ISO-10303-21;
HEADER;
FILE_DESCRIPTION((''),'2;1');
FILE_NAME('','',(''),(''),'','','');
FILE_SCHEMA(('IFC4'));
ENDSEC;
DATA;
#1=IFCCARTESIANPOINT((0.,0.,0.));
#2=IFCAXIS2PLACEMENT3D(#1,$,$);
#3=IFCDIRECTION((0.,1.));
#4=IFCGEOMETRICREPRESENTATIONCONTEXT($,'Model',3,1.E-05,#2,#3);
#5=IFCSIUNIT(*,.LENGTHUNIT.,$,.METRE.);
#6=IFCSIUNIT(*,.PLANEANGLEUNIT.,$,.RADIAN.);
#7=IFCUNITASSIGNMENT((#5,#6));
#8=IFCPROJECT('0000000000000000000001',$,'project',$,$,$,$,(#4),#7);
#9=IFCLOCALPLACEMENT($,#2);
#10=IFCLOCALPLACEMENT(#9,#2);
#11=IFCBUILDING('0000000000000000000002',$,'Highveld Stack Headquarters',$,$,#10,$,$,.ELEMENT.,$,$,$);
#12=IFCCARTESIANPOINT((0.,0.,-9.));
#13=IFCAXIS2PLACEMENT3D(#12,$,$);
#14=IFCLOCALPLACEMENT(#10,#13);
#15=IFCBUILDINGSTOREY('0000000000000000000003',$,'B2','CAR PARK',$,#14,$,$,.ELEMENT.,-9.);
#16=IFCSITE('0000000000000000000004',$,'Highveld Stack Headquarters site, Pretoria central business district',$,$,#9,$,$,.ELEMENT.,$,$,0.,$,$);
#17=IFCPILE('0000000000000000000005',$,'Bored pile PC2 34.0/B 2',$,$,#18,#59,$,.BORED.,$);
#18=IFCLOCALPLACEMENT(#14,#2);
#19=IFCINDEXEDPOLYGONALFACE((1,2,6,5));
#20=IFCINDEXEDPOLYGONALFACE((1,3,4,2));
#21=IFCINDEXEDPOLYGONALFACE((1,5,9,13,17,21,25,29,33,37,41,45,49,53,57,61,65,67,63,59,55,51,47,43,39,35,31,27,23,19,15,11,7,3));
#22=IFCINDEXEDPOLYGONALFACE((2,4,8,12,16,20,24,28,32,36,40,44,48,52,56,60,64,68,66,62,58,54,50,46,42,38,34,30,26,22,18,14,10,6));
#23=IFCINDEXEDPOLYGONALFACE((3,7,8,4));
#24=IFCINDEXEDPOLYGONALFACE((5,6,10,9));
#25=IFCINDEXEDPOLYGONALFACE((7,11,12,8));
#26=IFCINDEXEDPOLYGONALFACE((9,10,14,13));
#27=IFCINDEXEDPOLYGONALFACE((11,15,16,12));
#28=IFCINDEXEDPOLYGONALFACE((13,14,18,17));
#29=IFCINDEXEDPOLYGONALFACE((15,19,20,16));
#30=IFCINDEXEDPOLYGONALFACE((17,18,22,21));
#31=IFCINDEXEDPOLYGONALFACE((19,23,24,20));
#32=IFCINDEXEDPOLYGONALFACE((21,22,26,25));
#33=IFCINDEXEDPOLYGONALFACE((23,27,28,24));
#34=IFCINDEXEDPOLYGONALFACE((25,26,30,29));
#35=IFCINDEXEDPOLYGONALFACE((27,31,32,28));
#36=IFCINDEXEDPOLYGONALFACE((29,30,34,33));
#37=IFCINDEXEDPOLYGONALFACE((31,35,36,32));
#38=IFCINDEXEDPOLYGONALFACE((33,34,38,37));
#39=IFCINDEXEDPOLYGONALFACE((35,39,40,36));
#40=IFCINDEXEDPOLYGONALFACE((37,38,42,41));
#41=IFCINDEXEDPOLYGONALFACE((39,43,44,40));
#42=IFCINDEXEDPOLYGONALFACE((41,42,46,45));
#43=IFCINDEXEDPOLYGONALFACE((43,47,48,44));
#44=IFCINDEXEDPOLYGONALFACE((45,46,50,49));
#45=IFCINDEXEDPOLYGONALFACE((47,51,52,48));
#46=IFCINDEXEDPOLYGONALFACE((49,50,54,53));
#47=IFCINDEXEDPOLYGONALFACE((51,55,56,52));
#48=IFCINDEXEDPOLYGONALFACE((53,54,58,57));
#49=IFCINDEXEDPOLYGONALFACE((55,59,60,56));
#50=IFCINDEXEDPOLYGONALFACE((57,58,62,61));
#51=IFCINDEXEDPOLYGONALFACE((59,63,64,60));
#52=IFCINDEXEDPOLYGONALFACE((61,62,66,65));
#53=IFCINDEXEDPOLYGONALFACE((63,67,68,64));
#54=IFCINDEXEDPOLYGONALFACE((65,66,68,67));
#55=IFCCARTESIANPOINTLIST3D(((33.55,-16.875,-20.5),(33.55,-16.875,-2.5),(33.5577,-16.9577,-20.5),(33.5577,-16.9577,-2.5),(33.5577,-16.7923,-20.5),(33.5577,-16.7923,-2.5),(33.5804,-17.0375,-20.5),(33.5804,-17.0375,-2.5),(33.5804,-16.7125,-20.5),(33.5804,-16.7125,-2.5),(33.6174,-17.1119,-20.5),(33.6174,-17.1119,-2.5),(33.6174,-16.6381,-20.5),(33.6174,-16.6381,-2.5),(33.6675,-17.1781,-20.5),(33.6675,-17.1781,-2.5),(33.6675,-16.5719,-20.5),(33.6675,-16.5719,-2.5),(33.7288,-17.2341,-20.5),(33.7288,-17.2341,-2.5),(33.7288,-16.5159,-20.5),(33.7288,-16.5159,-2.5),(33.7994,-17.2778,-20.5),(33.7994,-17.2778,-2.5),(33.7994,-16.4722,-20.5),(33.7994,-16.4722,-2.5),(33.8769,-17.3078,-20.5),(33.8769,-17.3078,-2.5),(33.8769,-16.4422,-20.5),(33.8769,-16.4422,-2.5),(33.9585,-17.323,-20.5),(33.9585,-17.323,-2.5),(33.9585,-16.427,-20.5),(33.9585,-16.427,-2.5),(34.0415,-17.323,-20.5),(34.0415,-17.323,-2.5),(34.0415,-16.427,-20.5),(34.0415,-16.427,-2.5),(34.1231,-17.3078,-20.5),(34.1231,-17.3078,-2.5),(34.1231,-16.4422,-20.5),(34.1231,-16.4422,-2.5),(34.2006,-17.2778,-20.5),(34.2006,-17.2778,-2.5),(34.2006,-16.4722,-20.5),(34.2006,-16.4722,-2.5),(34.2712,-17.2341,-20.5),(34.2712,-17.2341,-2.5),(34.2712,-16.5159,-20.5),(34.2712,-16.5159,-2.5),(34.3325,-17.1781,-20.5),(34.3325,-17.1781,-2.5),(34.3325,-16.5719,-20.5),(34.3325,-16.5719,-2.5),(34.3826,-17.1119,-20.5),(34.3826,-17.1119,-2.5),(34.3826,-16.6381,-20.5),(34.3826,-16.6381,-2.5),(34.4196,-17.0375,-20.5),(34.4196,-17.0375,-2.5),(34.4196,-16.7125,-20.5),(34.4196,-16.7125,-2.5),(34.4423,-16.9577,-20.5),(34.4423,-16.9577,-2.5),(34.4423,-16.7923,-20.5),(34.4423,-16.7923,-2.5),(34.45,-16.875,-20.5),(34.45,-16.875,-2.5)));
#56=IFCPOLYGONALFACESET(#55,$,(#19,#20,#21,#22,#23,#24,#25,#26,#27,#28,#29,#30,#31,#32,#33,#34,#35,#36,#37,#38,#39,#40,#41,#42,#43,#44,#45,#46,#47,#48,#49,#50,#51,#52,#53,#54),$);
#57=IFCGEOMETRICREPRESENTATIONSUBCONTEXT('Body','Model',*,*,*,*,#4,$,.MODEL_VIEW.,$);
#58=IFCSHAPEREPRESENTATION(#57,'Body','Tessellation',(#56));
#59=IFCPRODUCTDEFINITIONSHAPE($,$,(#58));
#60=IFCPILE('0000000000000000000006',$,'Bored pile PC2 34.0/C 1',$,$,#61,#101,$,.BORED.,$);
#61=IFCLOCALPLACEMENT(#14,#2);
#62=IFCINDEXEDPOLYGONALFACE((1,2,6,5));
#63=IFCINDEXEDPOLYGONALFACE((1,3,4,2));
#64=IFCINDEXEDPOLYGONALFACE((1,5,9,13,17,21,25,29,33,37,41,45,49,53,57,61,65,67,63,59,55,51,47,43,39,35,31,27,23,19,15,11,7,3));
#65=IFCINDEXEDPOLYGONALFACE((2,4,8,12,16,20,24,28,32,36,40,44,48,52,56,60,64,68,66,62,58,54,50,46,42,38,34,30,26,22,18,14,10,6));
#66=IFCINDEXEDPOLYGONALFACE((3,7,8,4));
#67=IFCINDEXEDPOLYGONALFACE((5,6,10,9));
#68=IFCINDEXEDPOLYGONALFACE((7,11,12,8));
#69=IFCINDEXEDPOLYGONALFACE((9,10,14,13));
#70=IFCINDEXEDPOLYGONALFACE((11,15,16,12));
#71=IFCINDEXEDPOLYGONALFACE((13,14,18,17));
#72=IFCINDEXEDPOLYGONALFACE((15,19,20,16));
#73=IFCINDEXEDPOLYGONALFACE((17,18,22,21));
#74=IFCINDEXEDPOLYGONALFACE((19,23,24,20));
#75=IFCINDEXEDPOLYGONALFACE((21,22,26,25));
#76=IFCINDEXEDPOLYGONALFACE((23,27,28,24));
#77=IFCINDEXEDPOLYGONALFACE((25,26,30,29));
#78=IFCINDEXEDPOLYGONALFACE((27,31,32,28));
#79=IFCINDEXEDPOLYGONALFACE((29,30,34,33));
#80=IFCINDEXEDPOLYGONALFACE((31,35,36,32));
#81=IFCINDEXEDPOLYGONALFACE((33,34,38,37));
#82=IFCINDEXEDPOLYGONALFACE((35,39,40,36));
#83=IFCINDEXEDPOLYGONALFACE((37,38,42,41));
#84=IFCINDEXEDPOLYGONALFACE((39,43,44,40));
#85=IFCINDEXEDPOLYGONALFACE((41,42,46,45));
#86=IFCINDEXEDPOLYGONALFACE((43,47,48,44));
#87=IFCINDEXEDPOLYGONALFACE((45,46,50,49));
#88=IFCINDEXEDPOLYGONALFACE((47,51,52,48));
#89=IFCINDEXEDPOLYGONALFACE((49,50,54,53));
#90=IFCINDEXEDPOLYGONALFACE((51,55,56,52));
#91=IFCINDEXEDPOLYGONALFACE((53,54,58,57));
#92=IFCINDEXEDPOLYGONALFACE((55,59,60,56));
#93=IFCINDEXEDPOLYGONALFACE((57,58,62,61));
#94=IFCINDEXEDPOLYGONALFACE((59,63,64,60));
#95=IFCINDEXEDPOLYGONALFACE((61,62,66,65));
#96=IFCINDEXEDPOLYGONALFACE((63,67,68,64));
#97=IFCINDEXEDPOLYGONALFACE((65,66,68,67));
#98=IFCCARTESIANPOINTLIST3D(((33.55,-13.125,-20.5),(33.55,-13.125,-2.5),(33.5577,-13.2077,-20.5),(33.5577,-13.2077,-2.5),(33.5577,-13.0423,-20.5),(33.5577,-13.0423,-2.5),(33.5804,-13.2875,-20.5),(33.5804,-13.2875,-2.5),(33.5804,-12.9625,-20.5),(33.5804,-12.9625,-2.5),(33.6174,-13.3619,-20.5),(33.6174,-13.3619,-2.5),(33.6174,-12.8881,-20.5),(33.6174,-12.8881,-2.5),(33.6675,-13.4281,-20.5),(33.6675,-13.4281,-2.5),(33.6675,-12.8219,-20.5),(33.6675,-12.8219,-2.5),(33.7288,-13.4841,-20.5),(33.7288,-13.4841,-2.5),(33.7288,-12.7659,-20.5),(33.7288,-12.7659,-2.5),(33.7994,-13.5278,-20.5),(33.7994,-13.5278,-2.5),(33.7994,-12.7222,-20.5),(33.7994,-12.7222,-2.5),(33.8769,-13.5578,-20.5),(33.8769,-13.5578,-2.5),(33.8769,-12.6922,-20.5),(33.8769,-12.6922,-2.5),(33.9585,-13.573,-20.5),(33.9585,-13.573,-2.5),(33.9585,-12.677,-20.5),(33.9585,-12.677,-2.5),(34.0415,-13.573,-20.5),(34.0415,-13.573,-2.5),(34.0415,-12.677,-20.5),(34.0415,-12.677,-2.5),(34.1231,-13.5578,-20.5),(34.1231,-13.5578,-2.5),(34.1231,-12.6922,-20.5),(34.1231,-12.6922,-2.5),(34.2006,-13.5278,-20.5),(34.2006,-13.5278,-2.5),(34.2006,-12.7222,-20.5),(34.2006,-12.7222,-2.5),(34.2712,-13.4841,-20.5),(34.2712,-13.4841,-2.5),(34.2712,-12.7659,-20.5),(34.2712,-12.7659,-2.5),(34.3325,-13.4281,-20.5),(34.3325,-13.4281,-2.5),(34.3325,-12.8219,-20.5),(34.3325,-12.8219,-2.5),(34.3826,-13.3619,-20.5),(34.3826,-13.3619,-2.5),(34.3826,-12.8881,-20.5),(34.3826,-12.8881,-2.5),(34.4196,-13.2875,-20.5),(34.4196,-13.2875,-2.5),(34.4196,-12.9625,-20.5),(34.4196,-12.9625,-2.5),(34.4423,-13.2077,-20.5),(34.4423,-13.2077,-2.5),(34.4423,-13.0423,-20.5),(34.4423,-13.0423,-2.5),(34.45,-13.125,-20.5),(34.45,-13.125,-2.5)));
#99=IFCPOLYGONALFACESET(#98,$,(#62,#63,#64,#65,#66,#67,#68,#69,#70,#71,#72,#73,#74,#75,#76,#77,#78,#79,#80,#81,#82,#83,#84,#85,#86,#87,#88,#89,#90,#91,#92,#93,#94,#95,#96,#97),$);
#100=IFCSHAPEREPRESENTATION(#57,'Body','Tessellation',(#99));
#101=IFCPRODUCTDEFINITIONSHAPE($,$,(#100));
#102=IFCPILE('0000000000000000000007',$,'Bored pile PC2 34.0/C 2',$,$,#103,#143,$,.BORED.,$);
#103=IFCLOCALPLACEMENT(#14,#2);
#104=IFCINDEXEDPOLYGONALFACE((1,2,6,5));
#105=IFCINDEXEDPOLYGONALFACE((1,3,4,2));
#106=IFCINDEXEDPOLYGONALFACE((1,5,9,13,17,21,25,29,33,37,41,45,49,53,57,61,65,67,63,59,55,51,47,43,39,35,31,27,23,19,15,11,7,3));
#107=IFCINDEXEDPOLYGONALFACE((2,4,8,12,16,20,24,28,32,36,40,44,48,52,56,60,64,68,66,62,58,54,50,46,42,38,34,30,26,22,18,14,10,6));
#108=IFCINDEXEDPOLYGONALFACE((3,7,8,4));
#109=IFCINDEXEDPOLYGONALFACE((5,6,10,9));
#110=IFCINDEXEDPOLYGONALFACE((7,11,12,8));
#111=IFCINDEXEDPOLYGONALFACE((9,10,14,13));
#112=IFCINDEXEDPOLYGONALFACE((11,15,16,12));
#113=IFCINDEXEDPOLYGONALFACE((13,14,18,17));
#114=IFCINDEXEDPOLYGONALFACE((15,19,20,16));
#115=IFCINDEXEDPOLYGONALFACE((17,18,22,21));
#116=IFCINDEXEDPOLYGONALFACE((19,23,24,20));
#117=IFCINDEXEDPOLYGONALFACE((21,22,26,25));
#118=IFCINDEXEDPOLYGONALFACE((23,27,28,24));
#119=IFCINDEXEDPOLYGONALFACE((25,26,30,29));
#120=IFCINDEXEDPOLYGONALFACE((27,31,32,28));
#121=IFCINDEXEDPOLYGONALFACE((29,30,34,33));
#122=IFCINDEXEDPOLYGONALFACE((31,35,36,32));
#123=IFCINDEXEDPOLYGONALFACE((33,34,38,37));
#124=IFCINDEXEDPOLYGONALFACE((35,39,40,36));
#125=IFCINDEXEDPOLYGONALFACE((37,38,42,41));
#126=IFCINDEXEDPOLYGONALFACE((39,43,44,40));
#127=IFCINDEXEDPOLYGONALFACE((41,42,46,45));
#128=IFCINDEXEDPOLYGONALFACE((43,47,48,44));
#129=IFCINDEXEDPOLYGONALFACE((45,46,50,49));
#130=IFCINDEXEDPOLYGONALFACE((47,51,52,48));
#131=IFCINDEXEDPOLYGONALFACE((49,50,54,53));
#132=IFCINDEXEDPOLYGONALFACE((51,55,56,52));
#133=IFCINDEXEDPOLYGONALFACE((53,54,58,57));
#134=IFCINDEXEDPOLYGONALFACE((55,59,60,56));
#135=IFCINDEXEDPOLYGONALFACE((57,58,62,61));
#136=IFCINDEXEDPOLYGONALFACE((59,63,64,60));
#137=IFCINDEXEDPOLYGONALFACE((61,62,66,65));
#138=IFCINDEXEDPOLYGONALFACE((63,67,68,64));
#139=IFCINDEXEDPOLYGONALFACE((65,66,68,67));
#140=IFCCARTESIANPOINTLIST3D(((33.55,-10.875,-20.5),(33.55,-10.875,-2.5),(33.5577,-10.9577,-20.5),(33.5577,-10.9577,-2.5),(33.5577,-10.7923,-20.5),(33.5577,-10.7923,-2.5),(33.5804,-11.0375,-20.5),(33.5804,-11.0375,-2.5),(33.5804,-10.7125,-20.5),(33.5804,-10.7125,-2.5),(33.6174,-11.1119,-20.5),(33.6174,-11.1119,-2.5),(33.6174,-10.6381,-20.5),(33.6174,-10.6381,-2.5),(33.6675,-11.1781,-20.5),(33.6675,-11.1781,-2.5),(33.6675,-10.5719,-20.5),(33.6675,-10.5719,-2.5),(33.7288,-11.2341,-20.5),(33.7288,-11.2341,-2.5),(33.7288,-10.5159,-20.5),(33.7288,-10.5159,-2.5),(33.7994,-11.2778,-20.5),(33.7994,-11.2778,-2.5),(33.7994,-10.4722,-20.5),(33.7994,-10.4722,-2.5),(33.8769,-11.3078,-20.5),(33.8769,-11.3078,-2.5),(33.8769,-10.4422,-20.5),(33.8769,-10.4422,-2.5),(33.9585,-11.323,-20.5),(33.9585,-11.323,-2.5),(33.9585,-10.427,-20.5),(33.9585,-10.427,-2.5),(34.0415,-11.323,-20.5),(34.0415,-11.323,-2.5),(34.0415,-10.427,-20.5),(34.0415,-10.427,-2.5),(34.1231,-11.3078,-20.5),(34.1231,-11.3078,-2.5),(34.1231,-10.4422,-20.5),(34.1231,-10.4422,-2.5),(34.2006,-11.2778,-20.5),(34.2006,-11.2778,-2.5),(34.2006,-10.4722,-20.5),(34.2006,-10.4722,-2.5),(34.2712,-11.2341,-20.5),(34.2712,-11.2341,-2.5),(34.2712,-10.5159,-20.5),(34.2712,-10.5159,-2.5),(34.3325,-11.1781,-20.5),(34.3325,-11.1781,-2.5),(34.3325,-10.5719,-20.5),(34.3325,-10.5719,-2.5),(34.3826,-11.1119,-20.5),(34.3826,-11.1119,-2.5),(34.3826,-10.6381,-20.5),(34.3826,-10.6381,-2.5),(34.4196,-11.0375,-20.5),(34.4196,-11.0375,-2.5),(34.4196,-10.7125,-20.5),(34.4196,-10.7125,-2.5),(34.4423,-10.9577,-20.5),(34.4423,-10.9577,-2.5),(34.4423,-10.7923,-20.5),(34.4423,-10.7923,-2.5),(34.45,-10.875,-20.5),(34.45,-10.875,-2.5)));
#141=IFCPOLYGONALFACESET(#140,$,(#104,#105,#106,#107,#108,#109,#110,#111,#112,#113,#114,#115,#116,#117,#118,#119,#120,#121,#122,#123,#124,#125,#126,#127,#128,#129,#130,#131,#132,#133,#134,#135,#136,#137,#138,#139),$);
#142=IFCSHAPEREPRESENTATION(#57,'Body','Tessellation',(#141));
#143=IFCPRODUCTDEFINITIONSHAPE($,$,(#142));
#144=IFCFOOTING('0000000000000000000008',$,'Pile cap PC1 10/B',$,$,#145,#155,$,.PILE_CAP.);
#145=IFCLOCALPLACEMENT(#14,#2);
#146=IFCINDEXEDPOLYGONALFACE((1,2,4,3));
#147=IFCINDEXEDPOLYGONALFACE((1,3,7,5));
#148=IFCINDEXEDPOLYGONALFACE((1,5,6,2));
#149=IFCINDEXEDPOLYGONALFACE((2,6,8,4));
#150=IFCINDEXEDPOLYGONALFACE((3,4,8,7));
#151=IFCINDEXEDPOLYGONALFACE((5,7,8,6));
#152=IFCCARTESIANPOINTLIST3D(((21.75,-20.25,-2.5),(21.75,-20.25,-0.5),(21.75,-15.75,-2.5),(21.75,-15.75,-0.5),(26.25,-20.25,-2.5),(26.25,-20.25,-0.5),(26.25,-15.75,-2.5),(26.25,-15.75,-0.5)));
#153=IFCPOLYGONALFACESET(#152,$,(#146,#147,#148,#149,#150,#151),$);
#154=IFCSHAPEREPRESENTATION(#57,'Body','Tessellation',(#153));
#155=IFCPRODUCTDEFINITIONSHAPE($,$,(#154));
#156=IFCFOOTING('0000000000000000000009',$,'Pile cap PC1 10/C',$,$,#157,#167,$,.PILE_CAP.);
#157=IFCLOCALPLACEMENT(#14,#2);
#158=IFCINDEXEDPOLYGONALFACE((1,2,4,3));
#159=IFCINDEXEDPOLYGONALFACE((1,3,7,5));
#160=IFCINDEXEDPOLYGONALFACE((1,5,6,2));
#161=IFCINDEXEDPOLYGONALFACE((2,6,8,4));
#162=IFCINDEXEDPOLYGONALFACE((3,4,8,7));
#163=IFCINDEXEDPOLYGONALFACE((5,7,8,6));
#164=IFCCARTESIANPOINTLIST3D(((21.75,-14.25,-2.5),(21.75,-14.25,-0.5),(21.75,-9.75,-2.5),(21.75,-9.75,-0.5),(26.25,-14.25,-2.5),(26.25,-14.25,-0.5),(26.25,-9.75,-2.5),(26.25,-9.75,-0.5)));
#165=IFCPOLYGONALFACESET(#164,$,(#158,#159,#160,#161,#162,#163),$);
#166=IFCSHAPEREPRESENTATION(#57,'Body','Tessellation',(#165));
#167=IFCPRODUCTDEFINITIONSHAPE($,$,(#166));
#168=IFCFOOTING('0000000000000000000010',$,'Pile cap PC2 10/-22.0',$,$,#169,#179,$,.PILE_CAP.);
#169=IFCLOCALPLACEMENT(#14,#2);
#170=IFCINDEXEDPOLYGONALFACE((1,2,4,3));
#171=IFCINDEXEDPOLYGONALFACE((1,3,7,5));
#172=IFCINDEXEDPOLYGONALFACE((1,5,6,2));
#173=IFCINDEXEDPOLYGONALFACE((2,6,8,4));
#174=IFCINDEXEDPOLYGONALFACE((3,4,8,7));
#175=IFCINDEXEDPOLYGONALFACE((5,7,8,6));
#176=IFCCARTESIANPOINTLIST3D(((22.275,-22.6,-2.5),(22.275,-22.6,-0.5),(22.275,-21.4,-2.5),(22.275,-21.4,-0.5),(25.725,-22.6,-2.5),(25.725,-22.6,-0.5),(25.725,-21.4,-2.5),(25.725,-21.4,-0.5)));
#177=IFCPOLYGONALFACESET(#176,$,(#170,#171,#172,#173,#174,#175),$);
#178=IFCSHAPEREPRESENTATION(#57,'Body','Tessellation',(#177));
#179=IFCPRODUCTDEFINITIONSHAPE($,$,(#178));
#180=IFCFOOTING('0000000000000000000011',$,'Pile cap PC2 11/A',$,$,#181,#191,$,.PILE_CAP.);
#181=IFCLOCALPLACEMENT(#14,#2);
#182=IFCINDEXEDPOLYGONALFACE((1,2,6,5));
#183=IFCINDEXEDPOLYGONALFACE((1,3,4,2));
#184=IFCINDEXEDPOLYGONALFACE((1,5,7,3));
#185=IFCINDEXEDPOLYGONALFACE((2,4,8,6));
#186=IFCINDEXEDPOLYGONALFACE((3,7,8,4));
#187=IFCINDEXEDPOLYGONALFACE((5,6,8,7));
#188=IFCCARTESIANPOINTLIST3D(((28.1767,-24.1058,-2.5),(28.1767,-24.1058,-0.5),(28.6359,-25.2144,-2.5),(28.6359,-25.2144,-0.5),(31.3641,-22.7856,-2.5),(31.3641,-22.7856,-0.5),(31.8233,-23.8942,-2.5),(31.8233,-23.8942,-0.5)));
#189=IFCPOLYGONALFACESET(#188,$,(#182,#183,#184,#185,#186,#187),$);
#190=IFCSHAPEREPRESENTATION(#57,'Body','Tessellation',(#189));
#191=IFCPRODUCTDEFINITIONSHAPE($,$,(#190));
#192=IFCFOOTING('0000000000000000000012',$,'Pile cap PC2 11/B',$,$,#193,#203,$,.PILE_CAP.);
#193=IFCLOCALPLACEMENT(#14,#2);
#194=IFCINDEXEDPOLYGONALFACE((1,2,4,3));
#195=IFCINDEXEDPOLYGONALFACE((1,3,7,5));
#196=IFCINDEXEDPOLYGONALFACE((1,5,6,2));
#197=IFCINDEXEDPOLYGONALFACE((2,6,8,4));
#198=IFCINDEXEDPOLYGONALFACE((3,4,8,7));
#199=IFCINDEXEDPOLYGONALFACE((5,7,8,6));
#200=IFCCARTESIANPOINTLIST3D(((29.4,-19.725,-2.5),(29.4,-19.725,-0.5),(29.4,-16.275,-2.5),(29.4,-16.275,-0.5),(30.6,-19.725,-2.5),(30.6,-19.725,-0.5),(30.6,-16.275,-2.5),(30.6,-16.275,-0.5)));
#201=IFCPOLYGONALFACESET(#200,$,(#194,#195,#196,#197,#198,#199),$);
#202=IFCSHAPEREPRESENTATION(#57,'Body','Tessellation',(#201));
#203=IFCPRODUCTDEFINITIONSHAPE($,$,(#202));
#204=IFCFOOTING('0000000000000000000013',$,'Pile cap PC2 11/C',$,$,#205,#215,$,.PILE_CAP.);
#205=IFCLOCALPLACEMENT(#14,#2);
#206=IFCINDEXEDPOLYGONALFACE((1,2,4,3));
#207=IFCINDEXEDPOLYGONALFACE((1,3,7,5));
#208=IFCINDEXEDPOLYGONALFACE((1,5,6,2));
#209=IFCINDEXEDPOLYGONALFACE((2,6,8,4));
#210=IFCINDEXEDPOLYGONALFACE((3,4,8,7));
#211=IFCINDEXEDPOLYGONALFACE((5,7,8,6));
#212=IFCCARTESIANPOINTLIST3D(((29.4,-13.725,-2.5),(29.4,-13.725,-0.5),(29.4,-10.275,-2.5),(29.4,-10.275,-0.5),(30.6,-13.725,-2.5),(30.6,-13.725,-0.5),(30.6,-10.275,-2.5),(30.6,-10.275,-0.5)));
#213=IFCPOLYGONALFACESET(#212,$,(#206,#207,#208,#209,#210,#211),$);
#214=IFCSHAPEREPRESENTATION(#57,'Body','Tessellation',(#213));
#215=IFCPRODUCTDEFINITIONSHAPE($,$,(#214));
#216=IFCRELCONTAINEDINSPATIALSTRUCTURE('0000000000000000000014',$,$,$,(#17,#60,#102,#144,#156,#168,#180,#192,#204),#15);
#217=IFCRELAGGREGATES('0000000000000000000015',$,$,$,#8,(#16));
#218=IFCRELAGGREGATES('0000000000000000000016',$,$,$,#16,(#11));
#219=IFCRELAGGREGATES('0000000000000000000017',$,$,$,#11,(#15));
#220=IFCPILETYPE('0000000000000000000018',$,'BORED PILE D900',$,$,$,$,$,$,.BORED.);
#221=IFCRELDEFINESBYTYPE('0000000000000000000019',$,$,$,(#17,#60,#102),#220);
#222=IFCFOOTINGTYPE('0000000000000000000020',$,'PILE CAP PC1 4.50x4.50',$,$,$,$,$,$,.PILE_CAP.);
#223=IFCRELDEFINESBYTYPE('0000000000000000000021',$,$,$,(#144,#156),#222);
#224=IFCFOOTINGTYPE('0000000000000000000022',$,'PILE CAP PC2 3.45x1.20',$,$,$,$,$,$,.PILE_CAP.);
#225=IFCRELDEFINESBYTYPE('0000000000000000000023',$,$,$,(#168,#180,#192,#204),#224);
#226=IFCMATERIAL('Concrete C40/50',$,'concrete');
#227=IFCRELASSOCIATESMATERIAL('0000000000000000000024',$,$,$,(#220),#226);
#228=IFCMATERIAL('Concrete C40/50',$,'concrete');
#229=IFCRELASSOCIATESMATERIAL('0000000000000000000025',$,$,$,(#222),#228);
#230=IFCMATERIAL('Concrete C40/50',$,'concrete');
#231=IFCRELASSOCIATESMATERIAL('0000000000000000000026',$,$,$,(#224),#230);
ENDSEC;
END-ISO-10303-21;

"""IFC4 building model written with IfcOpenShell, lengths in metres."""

from ifc_helpers import new_model, si_unit, direction, frame, origin, origin_2d, place, context, subcontext, project, spatial, rectangle, circle, extrude, material, type_object, element, save


model = new_model("IFC4")

# Units and contexts
model_context = context("Model", 3, precision=1e-05, world=origin(), true_north=direction((0.0, 1.0)))
body_context = subcontext(model_context, "Body", "Model", "MODEL_VIEW")
ifc_project = project(units=[si_unit("LENGTHUNIT", "METRE"), si_unit("PLANEANGLEUNIT", "RADIAN")], contexts=[model_context])

# Site, building, storey
site_placement = place(None, origin())
site = spatial("IfcSite", under=ifc_project, at=site_placement, Name="Highveld Stack Headquarters site, Pretoria central business district", CompositionType="ELEMENT", RefElevation=0.0)
building_placement = place(site_placement, origin())
building = spatial("IfcBuilding", under=site, at=building_placement, Name="Highveld Stack Headquarters", CompositionType="ELEMENT")
storey_placement = place(building_placement, frame((0.0, 0.0, -9.0)))
storey = spatial("IfcBuildingStorey", under=building, at=storey_placement, Name="B2", Description="CAR PARK", CompositionType="ELEMENT", Elevation=-9.0)

# Piles
ifc_material_1 = material(Name="Concrete C40/50", Category="concrete")
pile_type_1 = type_object("IfcPileType", Name="BORED PILE D900", PredefinedType="BORED", material=ifc_material_1)
for number, where, z_axis, x_axis, name in (
    (1, (34.0, -16.875, -2.5), (0.0, 0.0, -1.0), (1.0, 0.0, 0.0), "Bored pile PC2 34.0/B 2"),
    (2, (34.0, -13.125, -2.5), (0.0, 0.0, -1.0), (1.0, 0.0, 0.0), "Bored pile PC2 34.0/C 1"),
    (3, (34.0, -10.875, -2.5), (0.0, 0.0, -1.0), (1.0, 0.0, 0.0), "Bored pile PC2 34.0/C 2"),
):
    element("IfcPile", number, at=place(storey_placement, frame(where, z_axis=z_axis, x_axis=x_axis)), inside=storey, type_object=pile_type_1, Name=name, PredefinedType="BORED", context=body_context, shape_type="SweptSolid", body=[
        extrude(circle(Radius=0.45, at=origin_2d()), origin(), (0.0, 0.0, 1.0), 18.0),
    ])

# Footings
ifc_material_2 = material(Name="Concrete C40/50", Category="concrete")
footing_type_1 = type_object("IfcFootingType", Name="PILE CAP PC1 4.50x4.50", PredefinedType="PILE_CAP", material=ifc_material_2)
for number, where, z_axis, x_axis, name in (
    (4, (24.0, -18.0, -2.5), (0.0, 0.0, 1.0), (1.0, 0.0, 0.0), "Pile cap PC1 10/B"),
    (5, (24.0, -12.0, -2.5), (0.0, 0.0, 1.0), (1.0, 0.0, 0.0), "Pile cap PC1 10/C"),
):
    element("IfcFooting", number, at=place(storey_placement, frame(where, z_axis=z_axis, x_axis=x_axis)), inside=storey, type_object=footing_type_1, Name=name, PredefinedType="PILE_CAP", context=body_context, shape_type="SweptSolid", body=[
        extrude(rectangle(XDim=4.5, YDim=4.5, at=origin_2d()), origin(), (0.0, 0.0, 1.0), 2.0),
    ])
ifc_material_3 = material(Name="Concrete C40/50", Category="concrete")
footing_type_2 = type_object("IfcFootingType", Name="PILE CAP PC2 3.45x1.20", PredefinedType="PILE_CAP", material=ifc_material_3)
for number, where, z_axis, x_axis, name in (
    (6, (24.0, -22.0, -2.5), (0.0, 0.0, 1.0), (1.0, 0.0, 0.0), "Pile cap PC2 10/-22.0"),
    (7, (30.0, -24.0, -2.5), (0.0, 0.0, 1.0), (0.92388, 0.382683, 0.0), "Pile cap PC2 11/A"),
    (8, (30.0, -18.0, -2.5), (0.0, 0.0, 1.0), (0.0, 1.0, 0.0), "Pile cap PC2 11/B"),
    (9, (30.0, -12.0, -2.5), (0.0, 0.0, 1.0), (0.0, 1.0, 0.0), "Pile cap PC2 11/C"),
):
    element("IfcFooting", number, at=place(storey_placement, frame(where, z_axis=z_axis, x_axis=x_axis)), inside=storey, type_object=footing_type_2, Name=name, PredefinedType="PILE_CAP", context=body_context, shape_type="SweptSolid", body=[
        extrude(rectangle(XDim=3.45, YDim=1.2, at=origin_2d()), origin(), (0.0, 0.0, 1.0), 2.0),
    ])

save(model, "model.ifc")
